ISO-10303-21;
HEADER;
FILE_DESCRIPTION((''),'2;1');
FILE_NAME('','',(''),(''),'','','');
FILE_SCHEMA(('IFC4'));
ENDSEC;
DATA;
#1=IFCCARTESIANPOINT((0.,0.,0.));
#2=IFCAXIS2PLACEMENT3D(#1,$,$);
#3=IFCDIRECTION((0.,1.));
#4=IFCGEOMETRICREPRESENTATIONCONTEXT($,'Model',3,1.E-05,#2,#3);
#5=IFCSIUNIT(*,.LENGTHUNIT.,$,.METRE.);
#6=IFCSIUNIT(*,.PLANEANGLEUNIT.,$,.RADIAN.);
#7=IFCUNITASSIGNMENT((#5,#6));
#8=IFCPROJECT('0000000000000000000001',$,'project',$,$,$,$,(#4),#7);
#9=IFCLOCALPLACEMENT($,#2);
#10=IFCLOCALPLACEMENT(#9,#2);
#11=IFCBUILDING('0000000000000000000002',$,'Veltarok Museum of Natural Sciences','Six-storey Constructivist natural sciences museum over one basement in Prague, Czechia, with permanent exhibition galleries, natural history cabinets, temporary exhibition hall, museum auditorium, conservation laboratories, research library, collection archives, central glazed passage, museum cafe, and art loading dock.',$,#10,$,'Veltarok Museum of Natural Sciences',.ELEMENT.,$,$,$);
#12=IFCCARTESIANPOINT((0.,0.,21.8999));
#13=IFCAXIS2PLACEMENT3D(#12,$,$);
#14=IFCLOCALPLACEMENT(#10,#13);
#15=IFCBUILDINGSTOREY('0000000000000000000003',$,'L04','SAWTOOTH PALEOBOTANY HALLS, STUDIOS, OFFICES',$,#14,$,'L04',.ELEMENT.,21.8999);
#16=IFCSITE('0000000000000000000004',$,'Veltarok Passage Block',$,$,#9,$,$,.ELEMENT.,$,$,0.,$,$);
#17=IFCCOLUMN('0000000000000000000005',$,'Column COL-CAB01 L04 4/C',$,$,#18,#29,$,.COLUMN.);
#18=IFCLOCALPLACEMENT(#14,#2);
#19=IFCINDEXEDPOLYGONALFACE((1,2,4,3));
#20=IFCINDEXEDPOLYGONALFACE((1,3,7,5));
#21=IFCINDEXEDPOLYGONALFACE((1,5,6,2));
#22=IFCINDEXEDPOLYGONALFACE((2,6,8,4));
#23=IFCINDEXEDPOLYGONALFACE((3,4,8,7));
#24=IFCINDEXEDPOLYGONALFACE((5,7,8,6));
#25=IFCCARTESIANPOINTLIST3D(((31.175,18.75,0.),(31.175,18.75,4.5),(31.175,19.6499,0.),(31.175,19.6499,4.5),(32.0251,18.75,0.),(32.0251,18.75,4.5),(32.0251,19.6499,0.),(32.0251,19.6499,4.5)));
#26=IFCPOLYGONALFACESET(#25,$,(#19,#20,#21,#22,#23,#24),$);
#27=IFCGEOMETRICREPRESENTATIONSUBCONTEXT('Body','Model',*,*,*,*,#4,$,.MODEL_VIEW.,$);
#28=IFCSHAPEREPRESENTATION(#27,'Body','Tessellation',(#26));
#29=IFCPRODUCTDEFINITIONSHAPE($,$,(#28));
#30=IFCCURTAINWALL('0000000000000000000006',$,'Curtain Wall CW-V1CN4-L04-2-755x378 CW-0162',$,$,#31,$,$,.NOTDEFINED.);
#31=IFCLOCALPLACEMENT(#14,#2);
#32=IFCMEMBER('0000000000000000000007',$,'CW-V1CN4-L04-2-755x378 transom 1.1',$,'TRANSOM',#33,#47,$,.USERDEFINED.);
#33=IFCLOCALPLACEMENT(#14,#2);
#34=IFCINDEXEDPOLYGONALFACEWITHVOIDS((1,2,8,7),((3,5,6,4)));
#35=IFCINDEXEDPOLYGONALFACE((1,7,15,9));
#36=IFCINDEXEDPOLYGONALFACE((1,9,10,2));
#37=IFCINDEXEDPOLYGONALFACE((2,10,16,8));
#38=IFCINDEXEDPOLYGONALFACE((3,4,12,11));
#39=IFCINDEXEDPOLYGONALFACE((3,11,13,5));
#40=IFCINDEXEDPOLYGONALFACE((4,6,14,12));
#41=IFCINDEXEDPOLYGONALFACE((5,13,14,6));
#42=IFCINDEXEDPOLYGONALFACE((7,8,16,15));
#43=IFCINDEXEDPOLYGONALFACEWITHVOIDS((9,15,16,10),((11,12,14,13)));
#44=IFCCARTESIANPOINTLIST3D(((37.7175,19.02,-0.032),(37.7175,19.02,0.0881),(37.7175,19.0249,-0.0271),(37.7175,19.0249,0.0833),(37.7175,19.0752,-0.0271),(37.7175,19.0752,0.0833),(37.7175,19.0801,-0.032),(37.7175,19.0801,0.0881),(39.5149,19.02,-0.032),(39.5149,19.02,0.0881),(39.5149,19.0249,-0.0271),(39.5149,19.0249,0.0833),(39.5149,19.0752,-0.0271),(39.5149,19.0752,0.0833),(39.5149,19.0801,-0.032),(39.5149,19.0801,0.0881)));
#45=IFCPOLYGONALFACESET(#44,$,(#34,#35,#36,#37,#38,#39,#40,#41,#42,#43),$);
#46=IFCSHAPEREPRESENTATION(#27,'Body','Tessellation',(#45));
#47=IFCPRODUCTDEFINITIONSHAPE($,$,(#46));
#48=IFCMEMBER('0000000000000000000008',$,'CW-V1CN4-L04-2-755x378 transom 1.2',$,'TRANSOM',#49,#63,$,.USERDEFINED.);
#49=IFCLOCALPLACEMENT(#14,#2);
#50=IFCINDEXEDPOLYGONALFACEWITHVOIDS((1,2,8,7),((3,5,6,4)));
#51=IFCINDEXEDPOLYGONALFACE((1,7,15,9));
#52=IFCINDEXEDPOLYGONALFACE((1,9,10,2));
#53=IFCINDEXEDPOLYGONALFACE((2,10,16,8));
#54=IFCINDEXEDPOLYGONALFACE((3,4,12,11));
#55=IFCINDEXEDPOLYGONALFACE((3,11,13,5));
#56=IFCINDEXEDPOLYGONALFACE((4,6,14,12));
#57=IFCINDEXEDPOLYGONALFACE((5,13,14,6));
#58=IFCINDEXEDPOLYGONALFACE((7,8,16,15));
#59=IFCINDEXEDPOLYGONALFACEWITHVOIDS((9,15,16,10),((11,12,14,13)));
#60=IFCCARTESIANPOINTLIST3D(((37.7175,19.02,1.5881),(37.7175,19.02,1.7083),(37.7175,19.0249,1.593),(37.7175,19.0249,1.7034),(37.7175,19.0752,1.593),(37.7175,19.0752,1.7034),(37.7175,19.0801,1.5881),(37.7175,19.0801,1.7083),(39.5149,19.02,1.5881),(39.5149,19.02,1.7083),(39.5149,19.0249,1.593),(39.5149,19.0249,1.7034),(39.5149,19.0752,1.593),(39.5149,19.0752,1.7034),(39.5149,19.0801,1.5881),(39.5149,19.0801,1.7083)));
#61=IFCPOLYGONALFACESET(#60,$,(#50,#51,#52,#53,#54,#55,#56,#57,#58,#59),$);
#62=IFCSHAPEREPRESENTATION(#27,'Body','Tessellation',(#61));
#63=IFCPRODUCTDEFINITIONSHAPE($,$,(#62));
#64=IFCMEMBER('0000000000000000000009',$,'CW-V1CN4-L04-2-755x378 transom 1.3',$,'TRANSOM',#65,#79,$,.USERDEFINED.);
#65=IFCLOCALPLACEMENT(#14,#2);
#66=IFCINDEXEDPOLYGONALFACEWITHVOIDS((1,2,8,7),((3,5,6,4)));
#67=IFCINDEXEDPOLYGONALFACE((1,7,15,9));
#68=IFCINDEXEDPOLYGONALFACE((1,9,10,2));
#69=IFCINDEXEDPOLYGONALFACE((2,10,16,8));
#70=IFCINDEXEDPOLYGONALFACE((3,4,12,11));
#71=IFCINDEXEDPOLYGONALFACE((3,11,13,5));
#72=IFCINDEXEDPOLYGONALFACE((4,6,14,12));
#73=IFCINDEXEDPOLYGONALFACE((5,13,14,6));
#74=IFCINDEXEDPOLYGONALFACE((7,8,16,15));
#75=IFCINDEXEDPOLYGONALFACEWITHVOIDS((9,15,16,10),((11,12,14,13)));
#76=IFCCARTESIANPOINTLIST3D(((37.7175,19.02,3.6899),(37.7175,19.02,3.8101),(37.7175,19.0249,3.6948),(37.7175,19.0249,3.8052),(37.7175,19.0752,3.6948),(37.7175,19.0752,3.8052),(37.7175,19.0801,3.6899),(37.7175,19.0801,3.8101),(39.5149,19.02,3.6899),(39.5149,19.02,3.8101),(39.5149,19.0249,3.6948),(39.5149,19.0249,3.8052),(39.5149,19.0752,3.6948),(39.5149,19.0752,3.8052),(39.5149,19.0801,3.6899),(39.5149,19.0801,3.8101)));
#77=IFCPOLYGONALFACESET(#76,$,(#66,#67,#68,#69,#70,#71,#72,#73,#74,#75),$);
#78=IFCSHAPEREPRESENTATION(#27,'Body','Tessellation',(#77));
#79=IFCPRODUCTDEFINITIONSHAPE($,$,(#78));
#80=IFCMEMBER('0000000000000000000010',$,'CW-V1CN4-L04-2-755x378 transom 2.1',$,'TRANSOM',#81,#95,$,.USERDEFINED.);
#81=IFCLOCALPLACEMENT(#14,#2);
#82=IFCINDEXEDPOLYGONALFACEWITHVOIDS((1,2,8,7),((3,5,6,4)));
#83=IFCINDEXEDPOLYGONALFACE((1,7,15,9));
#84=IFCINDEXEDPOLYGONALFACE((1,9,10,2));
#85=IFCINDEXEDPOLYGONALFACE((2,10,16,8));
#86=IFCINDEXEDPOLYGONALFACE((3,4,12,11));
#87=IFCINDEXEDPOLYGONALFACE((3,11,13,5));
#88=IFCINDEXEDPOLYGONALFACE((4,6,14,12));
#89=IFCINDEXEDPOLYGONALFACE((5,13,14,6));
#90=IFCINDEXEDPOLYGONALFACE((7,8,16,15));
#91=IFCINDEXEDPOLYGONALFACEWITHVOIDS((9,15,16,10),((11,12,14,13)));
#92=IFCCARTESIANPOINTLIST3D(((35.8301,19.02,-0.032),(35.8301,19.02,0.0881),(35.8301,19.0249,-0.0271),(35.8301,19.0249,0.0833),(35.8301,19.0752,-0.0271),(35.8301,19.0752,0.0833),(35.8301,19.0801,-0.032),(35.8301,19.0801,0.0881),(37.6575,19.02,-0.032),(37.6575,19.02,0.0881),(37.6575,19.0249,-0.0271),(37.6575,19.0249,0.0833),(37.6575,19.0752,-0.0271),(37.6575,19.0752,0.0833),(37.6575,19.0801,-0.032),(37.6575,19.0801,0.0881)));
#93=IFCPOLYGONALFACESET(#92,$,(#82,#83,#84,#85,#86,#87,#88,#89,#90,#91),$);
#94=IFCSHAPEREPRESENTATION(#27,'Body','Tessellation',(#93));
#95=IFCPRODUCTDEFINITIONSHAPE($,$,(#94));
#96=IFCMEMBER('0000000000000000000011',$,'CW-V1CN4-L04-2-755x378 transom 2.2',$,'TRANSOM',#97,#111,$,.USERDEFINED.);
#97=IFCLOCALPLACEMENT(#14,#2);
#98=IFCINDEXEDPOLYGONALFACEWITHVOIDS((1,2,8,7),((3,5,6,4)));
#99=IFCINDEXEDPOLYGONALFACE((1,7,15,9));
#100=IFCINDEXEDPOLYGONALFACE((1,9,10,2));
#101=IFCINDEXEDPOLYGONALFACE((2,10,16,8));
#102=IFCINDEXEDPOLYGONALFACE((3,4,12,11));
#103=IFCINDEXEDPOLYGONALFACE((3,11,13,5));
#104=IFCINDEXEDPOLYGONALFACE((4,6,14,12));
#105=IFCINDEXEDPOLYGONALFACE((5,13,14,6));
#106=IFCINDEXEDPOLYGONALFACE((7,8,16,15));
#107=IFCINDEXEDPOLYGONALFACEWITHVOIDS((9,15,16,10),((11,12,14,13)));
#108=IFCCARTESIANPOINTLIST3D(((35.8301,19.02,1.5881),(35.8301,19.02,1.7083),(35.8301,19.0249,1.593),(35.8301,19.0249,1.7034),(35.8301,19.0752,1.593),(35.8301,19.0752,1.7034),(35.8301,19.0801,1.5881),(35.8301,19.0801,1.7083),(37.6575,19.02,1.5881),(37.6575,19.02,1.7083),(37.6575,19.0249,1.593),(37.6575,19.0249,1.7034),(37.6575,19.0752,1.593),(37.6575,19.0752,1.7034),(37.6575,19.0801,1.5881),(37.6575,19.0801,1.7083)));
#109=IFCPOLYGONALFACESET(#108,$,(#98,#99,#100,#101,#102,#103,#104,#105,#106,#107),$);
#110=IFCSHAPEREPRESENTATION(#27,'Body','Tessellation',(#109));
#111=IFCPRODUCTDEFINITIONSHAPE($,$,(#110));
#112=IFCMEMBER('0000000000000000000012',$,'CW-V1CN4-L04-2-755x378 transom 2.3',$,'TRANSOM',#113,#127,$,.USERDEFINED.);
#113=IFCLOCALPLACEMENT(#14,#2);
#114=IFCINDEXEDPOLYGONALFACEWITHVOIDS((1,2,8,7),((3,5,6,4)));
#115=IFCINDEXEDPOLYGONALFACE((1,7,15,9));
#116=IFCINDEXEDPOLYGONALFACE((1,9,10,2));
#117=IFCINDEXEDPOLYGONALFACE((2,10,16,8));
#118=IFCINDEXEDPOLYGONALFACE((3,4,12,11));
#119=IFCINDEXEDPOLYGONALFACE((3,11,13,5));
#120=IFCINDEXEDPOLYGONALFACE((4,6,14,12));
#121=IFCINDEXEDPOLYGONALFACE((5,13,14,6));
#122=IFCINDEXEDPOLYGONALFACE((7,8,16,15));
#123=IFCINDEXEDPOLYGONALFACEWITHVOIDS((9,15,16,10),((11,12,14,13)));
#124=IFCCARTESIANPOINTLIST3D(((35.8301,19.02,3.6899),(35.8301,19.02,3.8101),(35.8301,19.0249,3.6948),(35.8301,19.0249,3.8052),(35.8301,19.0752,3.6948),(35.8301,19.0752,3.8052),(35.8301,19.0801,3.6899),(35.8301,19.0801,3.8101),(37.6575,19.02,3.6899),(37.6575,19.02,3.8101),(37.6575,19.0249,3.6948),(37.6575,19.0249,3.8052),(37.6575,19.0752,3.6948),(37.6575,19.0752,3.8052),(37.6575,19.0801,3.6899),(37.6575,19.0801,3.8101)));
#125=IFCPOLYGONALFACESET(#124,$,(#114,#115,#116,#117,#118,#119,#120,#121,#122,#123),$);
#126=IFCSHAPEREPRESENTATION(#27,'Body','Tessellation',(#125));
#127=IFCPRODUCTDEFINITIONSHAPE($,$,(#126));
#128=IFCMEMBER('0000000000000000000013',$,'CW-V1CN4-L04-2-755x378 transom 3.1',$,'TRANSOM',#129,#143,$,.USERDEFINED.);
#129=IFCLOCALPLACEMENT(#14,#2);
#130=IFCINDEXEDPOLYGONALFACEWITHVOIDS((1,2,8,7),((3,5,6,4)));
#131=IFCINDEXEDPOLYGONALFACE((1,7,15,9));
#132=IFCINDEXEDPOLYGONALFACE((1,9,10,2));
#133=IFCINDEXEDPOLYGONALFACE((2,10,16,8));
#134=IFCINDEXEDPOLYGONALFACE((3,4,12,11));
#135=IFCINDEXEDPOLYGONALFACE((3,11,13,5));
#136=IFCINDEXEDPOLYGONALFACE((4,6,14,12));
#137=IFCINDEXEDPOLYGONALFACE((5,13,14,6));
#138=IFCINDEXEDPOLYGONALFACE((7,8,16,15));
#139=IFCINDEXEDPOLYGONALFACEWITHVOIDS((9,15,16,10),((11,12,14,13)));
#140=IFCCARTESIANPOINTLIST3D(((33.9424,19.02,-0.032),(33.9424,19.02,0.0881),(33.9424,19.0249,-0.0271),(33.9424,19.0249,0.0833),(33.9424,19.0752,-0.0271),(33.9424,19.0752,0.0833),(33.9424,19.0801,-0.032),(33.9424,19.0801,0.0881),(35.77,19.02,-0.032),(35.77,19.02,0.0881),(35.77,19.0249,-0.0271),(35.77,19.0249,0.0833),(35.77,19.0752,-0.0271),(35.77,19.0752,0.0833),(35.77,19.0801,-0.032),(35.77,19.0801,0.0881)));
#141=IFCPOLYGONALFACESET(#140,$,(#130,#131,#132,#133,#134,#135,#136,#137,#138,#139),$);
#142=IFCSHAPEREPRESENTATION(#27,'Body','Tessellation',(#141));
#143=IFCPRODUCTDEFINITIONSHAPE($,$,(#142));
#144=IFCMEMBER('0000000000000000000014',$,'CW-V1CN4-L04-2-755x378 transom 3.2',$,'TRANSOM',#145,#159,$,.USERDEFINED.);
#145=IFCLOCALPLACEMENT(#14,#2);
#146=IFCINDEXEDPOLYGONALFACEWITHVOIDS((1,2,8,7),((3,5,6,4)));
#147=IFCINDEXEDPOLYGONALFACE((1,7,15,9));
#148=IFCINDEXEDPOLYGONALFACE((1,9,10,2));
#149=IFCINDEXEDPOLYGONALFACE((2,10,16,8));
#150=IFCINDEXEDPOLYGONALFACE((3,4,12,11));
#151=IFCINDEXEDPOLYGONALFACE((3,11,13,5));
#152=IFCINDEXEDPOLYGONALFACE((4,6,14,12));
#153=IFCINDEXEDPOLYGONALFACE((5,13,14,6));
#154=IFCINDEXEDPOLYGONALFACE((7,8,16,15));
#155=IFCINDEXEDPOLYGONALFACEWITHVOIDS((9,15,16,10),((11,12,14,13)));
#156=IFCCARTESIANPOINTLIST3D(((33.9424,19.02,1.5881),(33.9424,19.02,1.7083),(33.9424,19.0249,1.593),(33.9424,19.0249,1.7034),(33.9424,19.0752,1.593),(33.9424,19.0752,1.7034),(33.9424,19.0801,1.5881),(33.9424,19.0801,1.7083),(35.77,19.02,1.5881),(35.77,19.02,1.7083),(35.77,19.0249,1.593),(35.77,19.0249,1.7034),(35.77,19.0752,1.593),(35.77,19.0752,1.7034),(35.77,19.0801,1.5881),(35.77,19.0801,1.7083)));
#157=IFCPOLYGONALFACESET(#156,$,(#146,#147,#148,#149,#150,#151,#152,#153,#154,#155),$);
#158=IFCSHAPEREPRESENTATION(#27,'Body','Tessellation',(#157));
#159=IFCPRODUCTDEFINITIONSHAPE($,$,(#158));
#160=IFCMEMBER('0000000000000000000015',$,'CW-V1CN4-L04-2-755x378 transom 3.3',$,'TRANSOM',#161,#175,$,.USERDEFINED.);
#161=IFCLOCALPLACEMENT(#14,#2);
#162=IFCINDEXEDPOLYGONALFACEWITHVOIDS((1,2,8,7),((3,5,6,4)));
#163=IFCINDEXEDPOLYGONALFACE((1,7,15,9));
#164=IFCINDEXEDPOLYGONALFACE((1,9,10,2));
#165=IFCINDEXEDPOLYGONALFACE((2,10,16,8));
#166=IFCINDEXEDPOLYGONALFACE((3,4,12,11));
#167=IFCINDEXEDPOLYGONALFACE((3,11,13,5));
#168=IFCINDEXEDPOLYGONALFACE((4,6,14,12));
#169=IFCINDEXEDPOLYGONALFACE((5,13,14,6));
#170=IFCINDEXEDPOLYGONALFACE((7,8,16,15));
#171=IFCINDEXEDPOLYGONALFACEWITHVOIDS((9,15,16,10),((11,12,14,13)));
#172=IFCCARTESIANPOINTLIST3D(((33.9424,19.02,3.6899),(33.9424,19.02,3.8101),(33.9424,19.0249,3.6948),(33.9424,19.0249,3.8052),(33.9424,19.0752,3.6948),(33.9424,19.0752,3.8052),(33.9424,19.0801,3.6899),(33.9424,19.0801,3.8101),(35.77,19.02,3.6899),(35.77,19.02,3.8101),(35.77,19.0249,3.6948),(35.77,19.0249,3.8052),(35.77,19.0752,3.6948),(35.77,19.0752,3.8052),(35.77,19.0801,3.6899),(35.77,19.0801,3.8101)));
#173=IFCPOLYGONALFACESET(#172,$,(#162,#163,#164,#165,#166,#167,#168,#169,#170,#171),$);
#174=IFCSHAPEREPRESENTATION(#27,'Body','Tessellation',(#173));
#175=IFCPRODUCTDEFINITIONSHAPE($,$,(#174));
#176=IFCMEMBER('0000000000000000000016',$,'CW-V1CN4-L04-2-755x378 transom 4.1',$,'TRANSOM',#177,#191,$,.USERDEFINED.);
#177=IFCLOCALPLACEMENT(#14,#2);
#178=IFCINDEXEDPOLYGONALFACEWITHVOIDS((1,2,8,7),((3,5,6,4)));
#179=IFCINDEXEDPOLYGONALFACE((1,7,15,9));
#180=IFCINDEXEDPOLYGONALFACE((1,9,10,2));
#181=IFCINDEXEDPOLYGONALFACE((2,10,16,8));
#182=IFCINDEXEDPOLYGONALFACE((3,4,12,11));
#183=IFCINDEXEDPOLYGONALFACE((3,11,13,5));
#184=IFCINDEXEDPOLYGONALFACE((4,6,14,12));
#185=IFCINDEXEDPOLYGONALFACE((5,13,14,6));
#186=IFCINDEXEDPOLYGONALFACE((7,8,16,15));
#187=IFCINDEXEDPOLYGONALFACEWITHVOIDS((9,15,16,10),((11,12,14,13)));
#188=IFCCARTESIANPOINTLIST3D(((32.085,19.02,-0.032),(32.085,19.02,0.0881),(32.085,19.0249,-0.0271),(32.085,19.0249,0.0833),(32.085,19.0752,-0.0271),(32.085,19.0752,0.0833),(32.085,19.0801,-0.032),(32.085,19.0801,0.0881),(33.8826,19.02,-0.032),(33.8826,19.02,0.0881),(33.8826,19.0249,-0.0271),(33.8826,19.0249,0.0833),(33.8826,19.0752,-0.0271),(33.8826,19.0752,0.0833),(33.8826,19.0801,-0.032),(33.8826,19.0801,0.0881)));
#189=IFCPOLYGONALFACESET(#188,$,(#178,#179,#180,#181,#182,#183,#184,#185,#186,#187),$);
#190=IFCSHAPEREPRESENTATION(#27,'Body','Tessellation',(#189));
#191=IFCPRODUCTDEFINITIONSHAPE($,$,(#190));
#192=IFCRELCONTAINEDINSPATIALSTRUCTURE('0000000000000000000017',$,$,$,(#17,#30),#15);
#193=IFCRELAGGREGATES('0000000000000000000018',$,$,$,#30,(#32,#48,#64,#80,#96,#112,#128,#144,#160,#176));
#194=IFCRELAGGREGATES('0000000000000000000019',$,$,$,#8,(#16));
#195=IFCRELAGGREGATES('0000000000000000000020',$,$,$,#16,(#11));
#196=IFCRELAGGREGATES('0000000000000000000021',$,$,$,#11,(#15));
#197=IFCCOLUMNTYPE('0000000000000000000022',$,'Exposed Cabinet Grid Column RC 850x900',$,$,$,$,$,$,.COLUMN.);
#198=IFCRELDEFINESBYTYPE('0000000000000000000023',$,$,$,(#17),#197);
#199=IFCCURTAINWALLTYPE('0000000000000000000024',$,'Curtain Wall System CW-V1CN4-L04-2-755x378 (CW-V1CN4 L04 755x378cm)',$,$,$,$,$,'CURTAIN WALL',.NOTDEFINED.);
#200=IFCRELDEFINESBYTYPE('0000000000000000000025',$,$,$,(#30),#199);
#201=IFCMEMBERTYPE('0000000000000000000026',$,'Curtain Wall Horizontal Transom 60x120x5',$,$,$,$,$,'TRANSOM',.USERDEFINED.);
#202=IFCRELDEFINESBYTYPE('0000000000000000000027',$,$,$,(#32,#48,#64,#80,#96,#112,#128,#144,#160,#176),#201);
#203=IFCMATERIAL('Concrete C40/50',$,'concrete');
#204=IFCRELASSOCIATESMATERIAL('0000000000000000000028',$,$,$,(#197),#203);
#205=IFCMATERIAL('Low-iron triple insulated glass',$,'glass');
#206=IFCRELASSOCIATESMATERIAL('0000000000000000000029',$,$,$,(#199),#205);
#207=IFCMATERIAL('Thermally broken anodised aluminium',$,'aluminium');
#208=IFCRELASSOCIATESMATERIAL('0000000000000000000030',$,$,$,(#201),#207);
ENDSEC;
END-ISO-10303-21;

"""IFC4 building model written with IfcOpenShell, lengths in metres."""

from ifc_helpers import new_model, si_unit, direction, frame, origin, origin_2d, place, context, subcontext, project, spatial, rectangle, hollow_rectangle, extrude, material, material_profile, profile_set, type_object, element, aggregate, save


model = new_model("IFC4")

# Units and contexts
model_context = context("Model", 3, precision=1e-05, world=origin(), true_north=direction((0.0, 1.0)))
body_context = subcontext(model_context, "Body", "Model", "MODEL_VIEW")
ifc_project = project(units=[si_unit("LENGTHUNIT", "METRE"), si_unit("PLANEANGLEUNIT", "RADIAN")], contexts=[model_context])

# Site, building, storey
site_placement = place(None, origin())
site = spatial("IfcSite", under=ifc_project, at=site_placement, Name="Veltarok Passage Block", CompositionType="ELEMENT", RefElevation=0.0)
building_placement = place(site_placement, origin())
building = spatial("IfcBuilding", under=site, at=building_placement, Name="Veltarok Museum of Natural Sciences", Description="Six-storey Constructivist natural sciences museum over one basement in Prague, Czechia, with permanent exhibition galleries, natural history cabinets, temporary exhibition hall, museum auditorium, conservation laboratories, research library, collection archives, central glazed passage, museum cafe, and art loading dock.", LongName="Veltarok Museum of Natural Sciences", CompositionType="ELEMENT")
storey_placement = place(building_placement, frame((0.0, 0.0, 21.8999)))
storey = spatial("IfcBuildingStorey", under=building, at=storey_placement, Name="L04", Description="SAWTOOTH PALEOBOTANY HALLS, STUDIOS, OFFICES", LongName="L04", CompositionType="ELEMENT", Elevation=21.8999)

# Column
ifc_material_1 = material(Name="Concrete C40/50", Category="concrete")
ifc_material_profile_1 = material_profile(ifc_material_1, rectangle(XDim=0.8501, YDim=0.8999, at=origin_2d()), Name="RC 850x900")
ifc_profile_set_1 = profile_set([ifc_material_profile_1], Name="Concrete C40/50")
column_type = type_object("IfcColumnType", Name="Exposed Cabinet Grid Column RC 850x900", PredefinedType="COLUMN", material=ifc_profile_set_1)
column_placement = place(storey_placement, frame((31.6001, 19.2, 0.0), z_axis=(0.0, 0.0, 1.0), x_axis=(1.0, 0.0, 0.0)))
element("IfcColumn", 1, at=column_placement, inside=storey, type_object=column_type, Name="Column COL-CAB01 L04 4/C", PredefinedType="COLUMN", context=body_context, shape_type="SweptSolid", body=[
    extrude(rectangle(XDim=0.8501, YDim=0.8999, at=origin_2d()), origin(), (0.0, 0.0, 1.0), 4.5),
])

# Curtain wall, members
ifc_material_2 = material(Name="Low-iron triple insulated glass", Category="glass")
curtain_wall_type = type_object("IfcCurtainWallType", Name="Curtain Wall System CW-V1CN4-L04-2-755x378 (CW-V1CN4 L04 755x378cm)", ElementType="CURTAIN WALL", PredefinedType="NOTDEFINED", material=ifc_material_2)
curtain_wall_placement = place(storey_placement, origin())
curtain_wall = element("IfcCurtainWall", 2, at=curtain_wall_placement, inside=storey, type_object=curtain_wall_type, Name="Curtain Wall CW-V1CN4-L04-2-755x378 CW-0162", PredefinedType="NOTDEFINED")
ifc_material_3 = material(Name="Thermally broken anodised aluminium", Category="aluminium")
ifc_material_profile_2 = material_profile(ifc_material_3, hollow_rectangle(XDim=0.0601, YDim=0.1201, WallThickness=0.0049, at=origin_2d()), Name="CW TRANSOM 60x120x5")
ifc_profile_set_2 = profile_set([ifc_material_profile_2], Name="Thermally broken anodised aluminium")
member_type_1 = type_object("IfcMemberType", Name="Curtain Wall Horizontal Transom 60x120x5", ElementType="TRANSOM", PredefinedType="USERDEFINED", material=ifc_profile_set_2)
member_1_placement = place(storey_placement, frame((39.5149, 19.05, 0.0281), z_axis=(-1.0, 0.0, 0.0), x_axis=(0.0, -1.0, 0.0)))
member_1 = element("IfcMember", 3, at=member_1_placement, type_object=member_type_1, Name="CW-V1CN4-L04-2-755x378 transom 1.1", ObjectType="TRANSOM", PredefinedType="USERDEFINED", context=body_context, shape_type="SweptSolid", body=[
    extrude(hollow_rectangle(XDim=0.0601, YDim=0.1201, WallThickness=0.0049, at=origin_2d()), origin(), (0.0, 0.0, 1.0), 1.7974),
])
member_2_placement = place(storey_placement, frame((39.5149, 19.05, 1.6482), z_axis=(-1.0, 0.0, 0.0), x_axis=(0.0, -1.0, 0.0)))
member_2 = element("IfcMember", 4, at=member_2_placement, type_object=member_type_1, Name="CW-V1CN4-L04-2-755x378 transom 1.2", ObjectType="TRANSOM", PredefinedType="USERDEFINED", context=body_context, shape_type="SweptSolid", body=[
    extrude(hollow_rectangle(XDim=0.0601, YDim=0.1201, WallThickness=0.0049, at=origin_2d()), origin(), (0.0, 0.0, 1.0), 1.7974),
])
member_3_placement = place(storey_placement, frame((39.5149, 19.05, 3.75), z_axis=(-1.0, 0.0, 0.0), x_axis=(0.0, -1.0, 0.0)))
member_3 = element("IfcMember", 5, at=member_3_placement, type_object=member_type_1, Name="CW-V1CN4-L04-2-755x378 transom 1.3", ObjectType="TRANSOM", PredefinedType="USERDEFINED", context=body_context, shape_type="SweptSolid", body=[
    extrude(hollow_rectangle(XDim=0.0601, YDim=0.1201, WallThickness=0.0049, at=origin_2d()), origin(), (0.0, 0.0, 1.0), 1.7974),
])
member_4_placement = place(storey_placement, frame((37.6575, 19.05, 0.0281), z_axis=(-1.0, 0.0, 0.0), x_axis=(0.0, -1.0, 0.0)))
member_4 = element("IfcMember", 6, at=member_4_placement, type_object=member_type_1, Name="CW-V1CN4-L04-2-755x378 transom 2.1", ObjectType="TRANSOM", PredefinedType="USERDEFINED", context=body_context, shape_type="SweptSolid", body=[
    extrude(hollow_rectangle(XDim=0.0601, YDim=0.1201, WallThickness=0.0049, at=origin_2d()), origin(), (0.0, 0.0, 1.0), 1.8274),
])
member_5_placement = place(storey_placement, frame((37.6575, 19.05, 1.6482), z_axis=(-1.0, 0.0, 0.0), x_axis=(0.0, -1.0, 0.0)))
member_5 = element("IfcMember", 7, at=member_5_placement, type_object=member_type_1, Name="CW-V1CN4-L04-2-755x378 transom 2.2", ObjectType="TRANSOM", PredefinedType="USERDEFINED", context=body_context, shape_type="SweptSolid", body=[
    extrude(hollow_rectangle(XDim=0.0601, YDim=0.1201, WallThickness=0.0049, at=origin_2d()), origin(), (0.0, 0.0, 1.0), 1.8274),
])
member_6_placement = place(storey_placement, frame((37.6575, 19.05, 3.75), z_axis=(-1.0, 0.0, 0.0), x_axis=(0.0, -1.0, 0.0)))
member_6 = element("IfcMember", 8, at=member_6_placement, type_object=member_type_1, Name="CW-V1CN4-L04-2-755x378 transom 2.3", ObjectType="TRANSOM", PredefinedType="USERDEFINED", context=body_context, shape_type="SweptSolid", body=[
    extrude(hollow_rectangle(XDim=0.0601, YDim=0.1201, WallThickness=0.0049, at=origin_2d()), origin(), (0.0, 0.0, 1.0), 1.8274),
])
member_7_placement = place(storey_placement, frame((35.77, 19.05, 0.0281), z_axis=(-1.0, 0.0, 0.0), x_axis=(0.0, -1.0, 0.0)))
member_7 = element("IfcMember", 9, at=member_7_placement, type_object=member_type_1, Name="CW-V1CN4-L04-2-755x378 transom 3.1", ObjectType="TRANSOM", PredefinedType="USERDEFINED", context=body_context, shape_type="SweptSolid", body=[
    extrude(hollow_rectangle(XDim=0.0601, YDim=0.1201, WallThickness=0.0049, at=origin_2d()), origin(), (0.0, 0.0, 1.0), 1.8276),
])
member_8_placement = place(storey_placement, frame((35.77, 19.05, 1.6482), z_axis=(-1.0, 0.0, 0.0), x_axis=(0.0, -1.0, 0.0)))
member_8 = element("IfcMember", 10, at=member_8_placement, type_object=member_type_1, Name="CW-V1CN4-L04-2-755x378 transom 3.2", ObjectType="TRANSOM", PredefinedType="USERDEFINED", context=body_context, shape_type="SweptSolid", body=[
    extrude(hollow_rectangle(XDim=0.0601, YDim=0.1201, WallThickness=0.0049, at=origin_2d()), origin(), (0.0, 0.0, 1.0), 1.8276),
])
member_9_placement = place(storey_placement, frame((35.77, 19.05, 3.75), z_axis=(-1.0, 0.0, 0.0), x_axis=(0.0, -1.0, 0.0)))
member_9 = element("IfcMember", 11, at=member_9_placement, type_object=member_type_1, Name="CW-V1CN4-L04-2-755x378 transom 3.3", ObjectType="TRANSOM", PredefinedType="USERDEFINED", context=body_context, shape_type="SweptSolid", body=[
    extrude(hollow_rectangle(XDim=0.0601, YDim=0.1201, WallThickness=0.0049, at=origin_2d()), origin(), (0.0, 0.0, 1.0), 1.8276),
])
member_10_placement = place(storey_placement, frame((33.8826, 19.05, 0.0281), z_axis=(-1.0, 0.0, 0.0), x_axis=(0.0, -1.0, 0.0)))
member_10 = element("IfcMember", 12, at=member_10_placement, type_object=member_type_1, Name="CW-V1CN4-L04-2-755x378 transom 4.1", ObjectType="TRANSOM", PredefinedType="USERDEFINED", context=body_context, shape_type="SweptSolid", body=[
    extrude(hollow_rectangle(XDim=0.0601, YDim=0.1201, WallThickness=0.0049, at=origin_2d()), origin(), (0.0, 0.0, 1.0), 1.7976),
])

aggregate(curtain_wall, [member_1, member_2, member_3, member_4, member_5, member_6, member_7, member_8, member_9, member_10])

save(model, "model.ifc")
